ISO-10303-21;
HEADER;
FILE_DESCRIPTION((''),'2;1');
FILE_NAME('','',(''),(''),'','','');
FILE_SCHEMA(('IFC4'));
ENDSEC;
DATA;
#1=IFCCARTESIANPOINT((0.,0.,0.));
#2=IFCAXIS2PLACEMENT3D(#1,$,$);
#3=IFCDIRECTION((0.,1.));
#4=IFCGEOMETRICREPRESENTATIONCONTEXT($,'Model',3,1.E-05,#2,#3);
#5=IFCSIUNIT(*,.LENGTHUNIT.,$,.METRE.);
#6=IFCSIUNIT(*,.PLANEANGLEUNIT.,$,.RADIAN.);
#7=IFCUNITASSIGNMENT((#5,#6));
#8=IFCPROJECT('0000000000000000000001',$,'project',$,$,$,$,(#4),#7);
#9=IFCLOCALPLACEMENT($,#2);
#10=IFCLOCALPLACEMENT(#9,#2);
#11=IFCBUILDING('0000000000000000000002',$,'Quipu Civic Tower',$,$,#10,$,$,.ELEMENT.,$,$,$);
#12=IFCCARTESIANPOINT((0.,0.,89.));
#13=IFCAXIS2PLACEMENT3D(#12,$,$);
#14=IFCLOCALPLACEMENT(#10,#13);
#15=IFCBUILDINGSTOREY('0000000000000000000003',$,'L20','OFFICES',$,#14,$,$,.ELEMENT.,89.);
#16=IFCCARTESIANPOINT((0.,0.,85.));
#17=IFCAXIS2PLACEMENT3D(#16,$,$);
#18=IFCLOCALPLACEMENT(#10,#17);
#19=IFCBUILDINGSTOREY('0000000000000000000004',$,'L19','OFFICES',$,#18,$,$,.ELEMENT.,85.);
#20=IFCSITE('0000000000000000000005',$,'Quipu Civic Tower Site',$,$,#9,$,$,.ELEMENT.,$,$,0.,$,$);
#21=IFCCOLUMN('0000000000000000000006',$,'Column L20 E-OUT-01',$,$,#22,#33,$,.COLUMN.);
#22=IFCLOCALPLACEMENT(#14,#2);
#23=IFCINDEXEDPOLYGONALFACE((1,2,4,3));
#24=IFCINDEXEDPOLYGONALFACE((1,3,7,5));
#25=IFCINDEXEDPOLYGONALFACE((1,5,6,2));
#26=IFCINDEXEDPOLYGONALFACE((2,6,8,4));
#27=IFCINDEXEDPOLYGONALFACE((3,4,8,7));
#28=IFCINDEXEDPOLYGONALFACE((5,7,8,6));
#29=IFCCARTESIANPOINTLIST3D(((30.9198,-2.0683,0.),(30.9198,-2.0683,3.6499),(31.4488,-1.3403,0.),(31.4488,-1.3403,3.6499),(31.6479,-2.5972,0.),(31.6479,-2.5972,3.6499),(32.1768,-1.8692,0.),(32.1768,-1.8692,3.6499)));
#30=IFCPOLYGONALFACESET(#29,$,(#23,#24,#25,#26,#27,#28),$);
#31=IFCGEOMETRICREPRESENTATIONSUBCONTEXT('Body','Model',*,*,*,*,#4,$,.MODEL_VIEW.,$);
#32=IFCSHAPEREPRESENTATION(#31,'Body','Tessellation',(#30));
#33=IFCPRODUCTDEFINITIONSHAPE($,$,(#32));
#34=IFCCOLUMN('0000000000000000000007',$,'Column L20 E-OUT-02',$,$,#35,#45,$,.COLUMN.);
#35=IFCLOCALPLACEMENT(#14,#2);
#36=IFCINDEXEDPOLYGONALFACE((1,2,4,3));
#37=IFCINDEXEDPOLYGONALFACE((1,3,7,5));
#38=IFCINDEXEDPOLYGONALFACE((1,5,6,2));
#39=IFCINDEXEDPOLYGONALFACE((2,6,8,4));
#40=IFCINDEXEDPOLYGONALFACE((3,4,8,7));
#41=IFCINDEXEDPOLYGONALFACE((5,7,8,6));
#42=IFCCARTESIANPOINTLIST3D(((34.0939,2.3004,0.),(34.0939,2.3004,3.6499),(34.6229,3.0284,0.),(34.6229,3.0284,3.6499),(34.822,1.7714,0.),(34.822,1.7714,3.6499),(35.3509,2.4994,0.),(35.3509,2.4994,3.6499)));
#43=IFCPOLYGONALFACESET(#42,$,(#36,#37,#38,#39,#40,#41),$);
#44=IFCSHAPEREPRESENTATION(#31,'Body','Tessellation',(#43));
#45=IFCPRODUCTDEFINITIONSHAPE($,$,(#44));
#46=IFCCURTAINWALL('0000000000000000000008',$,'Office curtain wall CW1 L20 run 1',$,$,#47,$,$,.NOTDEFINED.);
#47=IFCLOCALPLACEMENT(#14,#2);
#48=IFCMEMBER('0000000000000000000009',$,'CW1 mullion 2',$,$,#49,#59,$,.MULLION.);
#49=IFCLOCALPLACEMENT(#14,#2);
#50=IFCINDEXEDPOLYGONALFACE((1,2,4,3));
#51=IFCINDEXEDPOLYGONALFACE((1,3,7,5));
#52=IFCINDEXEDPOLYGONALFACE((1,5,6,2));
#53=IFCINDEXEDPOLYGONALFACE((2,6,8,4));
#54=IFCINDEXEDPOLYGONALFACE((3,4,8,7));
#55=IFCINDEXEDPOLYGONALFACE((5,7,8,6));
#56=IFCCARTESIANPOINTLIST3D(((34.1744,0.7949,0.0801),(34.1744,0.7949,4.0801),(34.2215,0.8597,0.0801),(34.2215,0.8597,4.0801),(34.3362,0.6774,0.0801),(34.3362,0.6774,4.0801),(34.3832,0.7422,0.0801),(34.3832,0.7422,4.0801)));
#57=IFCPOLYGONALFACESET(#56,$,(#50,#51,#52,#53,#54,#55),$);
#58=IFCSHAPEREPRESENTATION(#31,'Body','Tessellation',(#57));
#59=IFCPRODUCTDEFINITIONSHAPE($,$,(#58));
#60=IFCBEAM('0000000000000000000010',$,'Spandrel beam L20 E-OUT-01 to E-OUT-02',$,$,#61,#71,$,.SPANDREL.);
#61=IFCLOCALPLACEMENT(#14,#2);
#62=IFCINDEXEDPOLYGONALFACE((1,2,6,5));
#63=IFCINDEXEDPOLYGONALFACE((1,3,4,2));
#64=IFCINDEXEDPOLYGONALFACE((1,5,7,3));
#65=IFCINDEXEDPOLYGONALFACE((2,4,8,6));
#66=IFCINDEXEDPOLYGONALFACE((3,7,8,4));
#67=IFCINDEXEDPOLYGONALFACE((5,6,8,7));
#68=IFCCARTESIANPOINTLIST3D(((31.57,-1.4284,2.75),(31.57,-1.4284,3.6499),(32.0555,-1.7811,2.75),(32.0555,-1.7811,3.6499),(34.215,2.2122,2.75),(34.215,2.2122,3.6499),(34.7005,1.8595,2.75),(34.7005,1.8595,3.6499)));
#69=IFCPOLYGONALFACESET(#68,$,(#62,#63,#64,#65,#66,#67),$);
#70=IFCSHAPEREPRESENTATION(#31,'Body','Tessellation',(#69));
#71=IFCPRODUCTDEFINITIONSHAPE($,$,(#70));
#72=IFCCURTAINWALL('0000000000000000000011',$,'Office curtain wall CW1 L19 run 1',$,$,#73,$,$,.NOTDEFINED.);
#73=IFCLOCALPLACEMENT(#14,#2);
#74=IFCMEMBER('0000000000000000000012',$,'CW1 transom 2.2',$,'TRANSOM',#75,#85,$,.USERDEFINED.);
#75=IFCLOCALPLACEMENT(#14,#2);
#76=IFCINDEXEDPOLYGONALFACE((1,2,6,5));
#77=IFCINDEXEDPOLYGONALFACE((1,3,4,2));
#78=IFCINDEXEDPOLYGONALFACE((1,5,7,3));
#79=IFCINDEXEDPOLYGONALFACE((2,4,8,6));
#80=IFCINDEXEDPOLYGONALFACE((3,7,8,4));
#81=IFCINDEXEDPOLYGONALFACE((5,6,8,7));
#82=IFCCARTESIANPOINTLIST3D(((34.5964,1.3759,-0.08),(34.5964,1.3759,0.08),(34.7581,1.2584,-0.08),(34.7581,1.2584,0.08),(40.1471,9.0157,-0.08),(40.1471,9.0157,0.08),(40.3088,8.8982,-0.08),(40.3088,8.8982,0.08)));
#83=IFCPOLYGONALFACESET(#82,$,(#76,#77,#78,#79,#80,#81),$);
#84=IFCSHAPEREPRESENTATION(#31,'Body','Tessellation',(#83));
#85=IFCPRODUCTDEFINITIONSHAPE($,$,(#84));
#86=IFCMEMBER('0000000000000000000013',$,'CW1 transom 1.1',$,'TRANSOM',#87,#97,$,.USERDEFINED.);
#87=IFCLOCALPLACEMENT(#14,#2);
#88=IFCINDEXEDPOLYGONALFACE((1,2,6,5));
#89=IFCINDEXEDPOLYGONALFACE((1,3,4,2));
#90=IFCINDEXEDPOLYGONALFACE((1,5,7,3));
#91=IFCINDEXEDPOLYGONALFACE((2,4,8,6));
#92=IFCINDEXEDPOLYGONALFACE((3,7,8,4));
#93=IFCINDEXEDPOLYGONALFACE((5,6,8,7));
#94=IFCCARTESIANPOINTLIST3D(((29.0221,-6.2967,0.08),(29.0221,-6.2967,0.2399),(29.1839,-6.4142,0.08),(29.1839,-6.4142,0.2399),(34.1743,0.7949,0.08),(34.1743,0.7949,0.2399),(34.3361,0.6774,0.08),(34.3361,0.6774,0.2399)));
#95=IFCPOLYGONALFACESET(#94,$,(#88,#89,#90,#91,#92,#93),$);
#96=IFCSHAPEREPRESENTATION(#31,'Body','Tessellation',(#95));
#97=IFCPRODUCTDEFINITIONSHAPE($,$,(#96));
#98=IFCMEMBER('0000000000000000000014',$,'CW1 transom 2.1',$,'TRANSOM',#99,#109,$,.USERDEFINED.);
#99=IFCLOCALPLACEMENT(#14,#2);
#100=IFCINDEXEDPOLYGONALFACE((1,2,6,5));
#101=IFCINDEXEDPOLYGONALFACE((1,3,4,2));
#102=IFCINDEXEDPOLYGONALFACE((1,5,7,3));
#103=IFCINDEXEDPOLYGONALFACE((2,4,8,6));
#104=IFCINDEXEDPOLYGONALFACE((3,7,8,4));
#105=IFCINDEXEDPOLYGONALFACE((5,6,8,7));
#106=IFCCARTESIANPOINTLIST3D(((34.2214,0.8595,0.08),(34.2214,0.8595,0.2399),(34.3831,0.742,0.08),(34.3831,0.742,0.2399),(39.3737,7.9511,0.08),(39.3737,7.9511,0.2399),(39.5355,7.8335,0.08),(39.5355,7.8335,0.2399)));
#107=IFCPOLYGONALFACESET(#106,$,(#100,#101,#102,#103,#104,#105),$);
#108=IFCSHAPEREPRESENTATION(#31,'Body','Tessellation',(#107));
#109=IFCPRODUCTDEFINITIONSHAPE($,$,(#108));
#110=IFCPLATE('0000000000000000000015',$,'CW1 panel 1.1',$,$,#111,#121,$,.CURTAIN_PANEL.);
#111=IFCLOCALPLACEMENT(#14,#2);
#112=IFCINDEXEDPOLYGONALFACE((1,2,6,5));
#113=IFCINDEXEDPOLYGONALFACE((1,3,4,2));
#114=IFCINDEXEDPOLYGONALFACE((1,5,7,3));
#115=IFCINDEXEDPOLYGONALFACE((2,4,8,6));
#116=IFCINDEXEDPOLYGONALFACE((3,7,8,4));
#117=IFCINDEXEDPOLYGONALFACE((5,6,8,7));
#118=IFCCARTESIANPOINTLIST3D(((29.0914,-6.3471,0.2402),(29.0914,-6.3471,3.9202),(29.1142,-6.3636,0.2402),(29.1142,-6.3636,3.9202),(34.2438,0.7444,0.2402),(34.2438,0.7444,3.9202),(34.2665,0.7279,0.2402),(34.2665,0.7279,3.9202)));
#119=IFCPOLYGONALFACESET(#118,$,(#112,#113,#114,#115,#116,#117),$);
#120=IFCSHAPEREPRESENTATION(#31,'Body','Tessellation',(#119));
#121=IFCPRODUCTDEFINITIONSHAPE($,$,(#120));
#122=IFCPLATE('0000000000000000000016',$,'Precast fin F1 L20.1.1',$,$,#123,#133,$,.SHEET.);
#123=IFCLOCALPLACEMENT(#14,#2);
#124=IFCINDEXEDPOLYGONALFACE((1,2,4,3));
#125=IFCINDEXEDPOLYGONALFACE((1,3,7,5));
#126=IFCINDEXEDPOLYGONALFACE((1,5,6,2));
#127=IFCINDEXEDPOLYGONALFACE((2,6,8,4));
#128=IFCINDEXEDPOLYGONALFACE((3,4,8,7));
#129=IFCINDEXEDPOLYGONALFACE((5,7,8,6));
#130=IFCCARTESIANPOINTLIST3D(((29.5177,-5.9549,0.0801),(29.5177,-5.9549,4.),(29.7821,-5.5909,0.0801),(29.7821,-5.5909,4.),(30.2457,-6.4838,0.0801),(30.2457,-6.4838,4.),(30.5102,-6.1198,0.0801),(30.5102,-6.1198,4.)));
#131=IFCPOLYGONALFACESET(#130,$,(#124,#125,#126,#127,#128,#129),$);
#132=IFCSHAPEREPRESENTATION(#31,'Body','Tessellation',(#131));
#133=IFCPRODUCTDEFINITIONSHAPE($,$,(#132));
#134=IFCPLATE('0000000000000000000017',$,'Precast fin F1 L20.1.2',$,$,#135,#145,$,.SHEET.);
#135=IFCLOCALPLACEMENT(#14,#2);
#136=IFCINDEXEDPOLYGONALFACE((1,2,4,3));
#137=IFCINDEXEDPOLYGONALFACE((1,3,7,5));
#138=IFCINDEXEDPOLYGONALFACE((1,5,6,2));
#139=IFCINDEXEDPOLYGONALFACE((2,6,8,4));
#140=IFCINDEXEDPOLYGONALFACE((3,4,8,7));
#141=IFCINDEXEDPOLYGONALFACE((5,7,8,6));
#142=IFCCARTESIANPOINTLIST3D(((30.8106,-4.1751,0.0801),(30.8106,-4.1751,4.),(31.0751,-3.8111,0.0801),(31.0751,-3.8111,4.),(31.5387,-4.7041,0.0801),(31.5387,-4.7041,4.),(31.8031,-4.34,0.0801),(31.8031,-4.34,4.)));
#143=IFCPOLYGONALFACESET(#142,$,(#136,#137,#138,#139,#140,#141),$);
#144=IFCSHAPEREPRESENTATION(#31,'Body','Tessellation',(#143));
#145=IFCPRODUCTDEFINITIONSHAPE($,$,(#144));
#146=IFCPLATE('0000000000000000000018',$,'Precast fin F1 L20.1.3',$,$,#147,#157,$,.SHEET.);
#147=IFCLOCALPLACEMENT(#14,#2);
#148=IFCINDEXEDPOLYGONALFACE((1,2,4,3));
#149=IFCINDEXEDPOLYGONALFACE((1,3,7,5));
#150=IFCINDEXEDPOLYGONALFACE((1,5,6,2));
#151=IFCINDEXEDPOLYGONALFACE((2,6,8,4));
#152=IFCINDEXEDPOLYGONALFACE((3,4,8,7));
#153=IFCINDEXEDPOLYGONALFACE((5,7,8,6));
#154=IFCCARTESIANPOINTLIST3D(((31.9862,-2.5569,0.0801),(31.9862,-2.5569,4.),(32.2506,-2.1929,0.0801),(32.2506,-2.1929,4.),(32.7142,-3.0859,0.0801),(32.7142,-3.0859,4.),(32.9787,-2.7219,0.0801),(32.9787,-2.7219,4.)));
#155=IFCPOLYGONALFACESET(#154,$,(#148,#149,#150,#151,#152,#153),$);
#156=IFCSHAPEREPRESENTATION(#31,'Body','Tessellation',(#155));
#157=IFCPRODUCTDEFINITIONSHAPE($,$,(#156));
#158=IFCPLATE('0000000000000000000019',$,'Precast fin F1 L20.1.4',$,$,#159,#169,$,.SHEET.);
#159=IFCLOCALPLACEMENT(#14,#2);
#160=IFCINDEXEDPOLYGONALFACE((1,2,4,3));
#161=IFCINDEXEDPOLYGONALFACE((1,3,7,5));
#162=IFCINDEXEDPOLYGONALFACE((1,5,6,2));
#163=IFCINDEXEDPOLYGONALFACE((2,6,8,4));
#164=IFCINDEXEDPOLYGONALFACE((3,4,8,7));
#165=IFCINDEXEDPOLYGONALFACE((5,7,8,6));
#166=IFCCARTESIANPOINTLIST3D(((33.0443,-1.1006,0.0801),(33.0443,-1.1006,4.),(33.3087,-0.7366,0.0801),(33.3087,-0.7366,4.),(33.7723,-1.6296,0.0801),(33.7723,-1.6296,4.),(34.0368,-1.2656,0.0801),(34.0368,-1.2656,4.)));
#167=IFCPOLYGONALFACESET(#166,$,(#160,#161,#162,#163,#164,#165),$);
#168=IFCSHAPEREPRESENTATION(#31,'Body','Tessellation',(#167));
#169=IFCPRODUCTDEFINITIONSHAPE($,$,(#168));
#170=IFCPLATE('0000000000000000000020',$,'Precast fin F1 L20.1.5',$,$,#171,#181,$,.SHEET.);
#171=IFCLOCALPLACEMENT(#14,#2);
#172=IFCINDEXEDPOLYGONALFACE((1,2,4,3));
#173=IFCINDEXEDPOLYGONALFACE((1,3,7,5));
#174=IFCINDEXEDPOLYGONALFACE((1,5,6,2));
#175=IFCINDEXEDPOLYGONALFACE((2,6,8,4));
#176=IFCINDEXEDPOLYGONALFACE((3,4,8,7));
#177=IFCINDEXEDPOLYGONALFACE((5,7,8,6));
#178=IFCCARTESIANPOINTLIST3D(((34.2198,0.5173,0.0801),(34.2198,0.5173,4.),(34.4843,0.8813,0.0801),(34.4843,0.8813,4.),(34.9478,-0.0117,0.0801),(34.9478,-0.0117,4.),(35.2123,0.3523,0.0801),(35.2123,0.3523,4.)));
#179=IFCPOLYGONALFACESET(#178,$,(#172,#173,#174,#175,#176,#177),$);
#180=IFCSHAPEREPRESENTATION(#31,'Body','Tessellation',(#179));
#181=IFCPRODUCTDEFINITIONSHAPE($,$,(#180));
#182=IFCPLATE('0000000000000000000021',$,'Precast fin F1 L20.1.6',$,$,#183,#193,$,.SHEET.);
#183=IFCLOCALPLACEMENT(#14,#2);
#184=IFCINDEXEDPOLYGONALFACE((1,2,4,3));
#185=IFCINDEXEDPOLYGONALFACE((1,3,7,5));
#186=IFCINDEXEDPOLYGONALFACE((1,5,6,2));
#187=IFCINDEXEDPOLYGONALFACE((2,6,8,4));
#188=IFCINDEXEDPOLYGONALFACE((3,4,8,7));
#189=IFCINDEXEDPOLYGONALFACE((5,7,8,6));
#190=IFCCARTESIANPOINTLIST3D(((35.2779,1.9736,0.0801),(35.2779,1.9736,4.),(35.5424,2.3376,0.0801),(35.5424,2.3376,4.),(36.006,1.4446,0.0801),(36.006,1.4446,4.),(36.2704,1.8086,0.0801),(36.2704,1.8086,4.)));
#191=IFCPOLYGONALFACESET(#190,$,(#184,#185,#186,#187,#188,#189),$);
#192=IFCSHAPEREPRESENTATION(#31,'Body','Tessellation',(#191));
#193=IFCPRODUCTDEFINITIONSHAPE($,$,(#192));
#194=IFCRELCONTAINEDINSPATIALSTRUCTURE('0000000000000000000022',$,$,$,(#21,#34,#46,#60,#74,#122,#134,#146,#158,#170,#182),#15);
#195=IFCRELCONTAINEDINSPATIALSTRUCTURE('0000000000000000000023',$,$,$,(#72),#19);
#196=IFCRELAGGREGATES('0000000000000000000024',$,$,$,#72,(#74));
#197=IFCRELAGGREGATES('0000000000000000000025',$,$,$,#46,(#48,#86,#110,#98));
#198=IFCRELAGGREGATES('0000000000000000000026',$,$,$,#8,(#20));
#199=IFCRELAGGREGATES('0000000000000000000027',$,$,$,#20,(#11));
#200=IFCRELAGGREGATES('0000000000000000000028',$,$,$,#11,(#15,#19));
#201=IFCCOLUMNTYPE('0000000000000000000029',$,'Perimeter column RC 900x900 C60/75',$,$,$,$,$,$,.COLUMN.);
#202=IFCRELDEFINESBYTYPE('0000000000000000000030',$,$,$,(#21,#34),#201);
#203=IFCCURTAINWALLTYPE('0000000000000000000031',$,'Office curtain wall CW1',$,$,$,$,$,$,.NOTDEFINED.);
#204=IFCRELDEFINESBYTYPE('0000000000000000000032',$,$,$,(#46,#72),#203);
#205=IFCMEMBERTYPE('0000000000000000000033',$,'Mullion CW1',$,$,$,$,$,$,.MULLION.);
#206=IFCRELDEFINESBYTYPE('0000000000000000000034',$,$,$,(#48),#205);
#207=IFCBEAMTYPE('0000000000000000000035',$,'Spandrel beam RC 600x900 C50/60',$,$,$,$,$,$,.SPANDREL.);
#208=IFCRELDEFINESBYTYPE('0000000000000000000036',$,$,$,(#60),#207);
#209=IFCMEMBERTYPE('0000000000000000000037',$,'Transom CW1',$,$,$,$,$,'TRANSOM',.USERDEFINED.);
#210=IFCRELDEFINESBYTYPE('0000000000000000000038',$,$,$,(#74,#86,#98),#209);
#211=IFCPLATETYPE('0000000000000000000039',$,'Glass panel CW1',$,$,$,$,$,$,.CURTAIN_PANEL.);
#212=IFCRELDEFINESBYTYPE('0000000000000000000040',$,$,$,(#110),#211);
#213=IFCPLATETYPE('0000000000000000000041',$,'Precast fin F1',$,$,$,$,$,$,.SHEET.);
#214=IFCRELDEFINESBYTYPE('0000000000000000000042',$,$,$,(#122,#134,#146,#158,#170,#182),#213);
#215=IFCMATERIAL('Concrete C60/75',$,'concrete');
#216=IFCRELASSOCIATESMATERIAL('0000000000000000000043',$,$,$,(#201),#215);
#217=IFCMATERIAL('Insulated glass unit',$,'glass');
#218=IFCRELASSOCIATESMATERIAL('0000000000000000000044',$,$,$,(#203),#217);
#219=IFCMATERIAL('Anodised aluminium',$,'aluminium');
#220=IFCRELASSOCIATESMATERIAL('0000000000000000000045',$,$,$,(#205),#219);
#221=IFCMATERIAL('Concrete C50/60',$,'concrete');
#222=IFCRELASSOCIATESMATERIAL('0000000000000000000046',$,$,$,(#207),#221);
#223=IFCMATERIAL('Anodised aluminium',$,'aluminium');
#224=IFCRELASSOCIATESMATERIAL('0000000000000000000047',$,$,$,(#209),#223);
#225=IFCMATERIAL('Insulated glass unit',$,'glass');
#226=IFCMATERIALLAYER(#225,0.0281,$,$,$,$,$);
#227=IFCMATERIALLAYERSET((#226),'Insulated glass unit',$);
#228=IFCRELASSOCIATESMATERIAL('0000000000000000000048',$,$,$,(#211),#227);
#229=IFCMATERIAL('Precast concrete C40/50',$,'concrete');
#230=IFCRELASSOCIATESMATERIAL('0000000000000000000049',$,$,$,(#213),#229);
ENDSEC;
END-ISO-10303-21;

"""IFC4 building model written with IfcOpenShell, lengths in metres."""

from ifc_helpers import new_model, si_unit, direction, frame, origin, origin_2d, place, context, subcontext, project, spatial, rectangle, extrude, material, layer, layer_set, material_profile, profile_set, type_object, element, aggregate, save


model = new_model("IFC4")

# Units and contexts
model_context = context("Model", 3, precision=1e-05, world=origin(), true_north=direction((0.0, 1.0)))
body_context = subcontext(model_context, "Body", "Model", "MODEL_VIEW")
ifc_project = project(units=[si_unit("LENGTHUNIT", "METRE"), si_unit("PLANEANGLEUNIT", "RADIAN")], contexts=[model_context])

# Site, building, storey
site_placement = place(None, origin())
site = spatial("IfcSite", under=ifc_project, at=site_placement, Name="Quipu Civic Tower Site", CompositionType="ELEMENT", RefElevation=0.0)
building_placement = place(site_placement, origin())
building = spatial("IfcBuilding", under=site, at=building_placement, Name="Quipu Civic Tower", CompositionType="ELEMENT")
storey_1_placement = place(building_placement, frame((0.0, 0.0, 89.0)))
storey_1 = spatial("IfcBuildingStorey", under=building, at=storey_1_placement, Name="L20", Description="OFFICES", CompositionType="ELEMENT", Elevation=89.0)

# Columns
ifc_material_1 = material(Name="Concrete C60/75", Category="concrete")
ifc_material_profile_1 = material_profile(ifc_material_1, rectangle(XDim=0.8999, YDim=0.8999, at=origin_2d()), Name="RC900x900")
ifc_profile_set_1 = profile_set([ifc_material_profile_1], Name="Concrete C60/75")
column_type = type_object("IfcColumnType", Name="Perimeter column RC 900x900 C60/75", PredefinedType="COLUMN", material=ifc_profile_set_1)
for number, where, z_axis, x_axis, name in (
    (1, (31.5483, -1.9688, 0.0), (0.0, 0.0, 1.0), (0.587785, 0.809017, 0.0), "Column L20 E-OUT-01"),
    (2, (34.7224, 2.3999, 0.0), (0.0, 0.0, 1.0), (0.587785, 0.809017, 0.0), "Column L20 E-OUT-02"),
):
    element("IfcColumn", number, at=place(storey_1_placement, frame(where, z_axis=z_axis, x_axis=x_axis)), inside=storey_1, type_object=column_type, Name=name, PredefinedType="COLUMN", context=body_context, shape_type="SweptSolid", body=[
        extrude(rectangle(XDim=0.8999, YDim=0.8999, at=origin_2d()), origin(), (0.0, 0.0, 1.0), 3.6499),
    ])

# Curtain wall, member
ifc_material_2 = material(Name="Insulated glass unit", Category="glass")
curtain_wall_type = type_object("IfcCurtainWallType", Name="Office curtain wall CW1", PredefinedType="NOTDEFINED", material=ifc_material_2)
curtain_wall_1_placement = place(storey_1_placement, origin())
curtain_wall_1 = element("IfcCurtainWall", 3, at=curtain_wall_1_placement, inside=storey_1, type_object=curtain_wall_type, Name="Office curtain wall CW1 L20 run 1", PredefinedType="NOTDEFINED")
ifc_material_3 = material(Name="Anodised aluminium", Category="aluminium")
ifc_material_profile_2 = material_profile(ifc_material_3, rectangle(XDim=0.2, YDim=0.0801, at=origin_2d()), Name="RECT 200x80")
ifc_profile_set_2 = profile_set([ifc_material_profile_2], Name="Anodised aluminium")
member_type_1 = type_object("IfcMemberType", Name="Mullion CW1", PredefinedType="MULLION", material=ifc_profile_set_2)
member_1_placement = place(storey_1_placement, frame((34.2788, 0.7686, 0.0801), z_axis=(0.0, 0.0, 1.0), x_axis=(-0.809016, 0.587786, 0.0)))
member_1 = element("IfcMember", 4, at=member_1_placement, type_object=member_type_1, Name="CW1 mullion 2", PredefinedType="MULLION", context=body_context, shape_type="SweptSolid", body=[
    extrude(rectangle(XDim=0.2, YDim=0.0801, at=origin_2d()), origin(), (0.0, 0.0, 1.0), 4.0),
])

# Beam
ifc_material_4 = material(Name="Concrete C50/60", Category="concrete")
ifc_material_profile_3 = material_profile(ifc_material_4, rectangle(XDim=0.6001, YDim=0.8999, at=origin_2d()), Name="RC600x900")
ifc_profile_set_3 = profile_set([ifc_material_profile_3], Name="Concrete C50/60")
beam_type = type_object("IfcBeamType", Name="Spandrel beam RC 600x900 C50/60", PredefinedType="SPANDREL", material=ifc_profile_set_3)
beam_placement = place(storey_1_placement, frame((31.8127, -1.6047, 3.2), z_axis=(0.587778, 0.809022, 0.0), x_axis=(-0.809022, 0.587778, 0.0)))
element("IfcBeam", 5, at=beam_placement, inside=storey_1, type_object=beam_type, Name="Spandrel beam L20 E-OUT-01 to E-OUT-02", PredefinedType="SPANDREL", context=body_context, shape_type="SweptSolid", body=[
    extrude(rectangle(XDim=0.6001, YDim=0.8999, at=origin_2d()), origin(), (0.0, 0.0, 1.0), 4.5),
])

# Shared definitions
storey_2_placement = place(building_placement, frame((0.0, 0.0, 85.0)))
storey_2 = spatial("IfcBuildingStorey", under=building, at=storey_2_placement, Name="L19", Description="OFFICES", CompositionType="ELEMENT", Elevation=85.0)

# Curtain wall, member
curtain_wall_2_placement = place(storey_2_placement, origin())
curtain_wall_2 = element("IfcCurtainWall", 6, at=curtain_wall_2_placement, inside=storey_2, type_object=curtain_wall_type, Name="Office curtain wall CW1 L19 run 1", PredefinedType="NOTDEFINED")
ifc_material_5 = material(Name="Anodised aluminium", Category="aluminium")
ifc_material_profile_4 = material_profile(ifc_material_5, rectangle(XDim=0.2, YDim=0.1599, at=origin_2d()), Name="RECT 200x160")
ifc_profile_set_4 = profile_set([ifc_material_profile_4], Name="Anodised aluminium")
member_type_2 = type_object("IfcMemberType", Name="Transom CW1", ElementType="TRANSOM", PredefinedType="USERDEFINED", material=ifc_profile_set_4)
member_2_placement = place(storey_1_placement, frame((34.6772, 1.3171, 0.0), z_axis=(0.58779, 0.809013, 0.0), x_axis=(-0.809013, 0.58779, 0.0)))
member_2 = element("IfcMember", 7, at=member_2_placement, inside=storey_1, type_object=member_type_2, Name="CW1 transom 2.2", ObjectType="TRANSOM", PredefinedType="USERDEFINED", context=body_context, shape_type="SweptSolid", body=[
    extrude(rectangle(XDim=0.2, YDim=0.1599, at=origin_2d()), origin(), (0.0, 0.0, 1.0), 9.4434),
])
aggregate(curtain_wall_2, [member_2])

# Members
member_3_placement = place(storey_1_placement, frame((29.103, -6.3555, 0.1599), z_axis=(0.587769, 0.809029, 0.0), x_axis=(-0.809029, 0.587769, 0.0)))
member_3 = element("IfcMember", 8, at=member_3_placement, type_object=member_type_2, Name="CW1 transom 1.1", ObjectType="TRANSOM", PredefinedType="USERDEFINED", context=body_context, shape_type="SweptSolid", body=[
    extrude(rectangle(XDim=0.2, YDim=0.1599, at=origin_2d()), origin(), (0.0, 0.0, 1.0), 8.7656),
])
member_4_placement = place(storey_1_placement, frame((34.3022, 0.8008, 0.1599), z_axis=(0.587787, 0.809015, 0.0), x_axis=(-0.809015, 0.587787, 0.0)))
member_4 = element("IfcMember", 9, at=member_4_placement, type_object=member_type_2, Name="CW1 transom 2.1", ObjectType="TRANSOM", PredefinedType="USERDEFINED", context=body_context, shape_type="SweptSolid", body=[
    extrude(rectangle(XDim=0.2, YDim=0.1599, at=origin_2d()), origin(), (0.0, 0.0, 1.0), 8.7656),
])

# Plate
ifc_material_6 = material(Name="Insulated glass unit", Category="glass")
ifc_layer = layer(ifc_material_6, 0.0281)
ifc_layer_set = layer_set([ifc_layer], Name="Insulated glass unit")
plate_type_1 = type_object("IfcPlateType", Name="Glass panel CW1", PredefinedType="CURTAIN_PANEL", material=ifc_layer_set)
plate_placement = place(storey_1_placement, frame((31.679, -2.8096, 0.2402), z_axis=(0.0, 0.0, 1.0), x_axis=(0.587786, 0.809016, 0.0)))
plate = element("IfcPlate", 10, at=plate_placement, type_object=plate_type_1, Name="CW1 panel 1.1", PredefinedType="CURTAIN_PANEL", context=body_context, shape_type="SweptSolid", body=[
    extrude(rectangle(XDim=8.7656, YDim=0.0281, at=origin_2d()), origin(), (0.0, 0.0, 1.0), 3.6799),
])
aggregate(curtain_wall_1, [member_1, member_3, plate, member_4])

# Plates
ifc_material_7 = material(Name="Precast concrete C40/50", Category="concrete")
plate_type_2 = type_object("IfcPlateType", Name="Precast fin F1", PredefinedType="SHEET", material=ifc_material_7)
for number, where, z_axis, x_axis, name in (
    (11, (30.0139, -6.0374, 0.0801), (0.0, 0.0, 1.0), (0.587787, 0.809016, 0.0), "Precast fin F1 L20.1.1"),
    (12, (31.3069, -4.2576, 0.0801), (0.0, 0.0, 1.0), (0.587787, 0.809016, 0.0), "Precast fin F1 L20.1.2"),
    (13, (32.4824, -2.6394, 0.0801), (0.0, 0.0, 1.0), (0.587787, 0.809016, 0.0), "Precast fin F1 L20.1.3"),
    (14, (33.5405, -1.1831, 0.0801), (0.0, 0.0, 1.0), (0.587787, 0.809016, 0.0), "Precast fin F1 L20.1.4"),
    (15, (34.7161, 0.4348, 0.0801), (0.0, 0.0, 1.0), (0.587787, 0.809016, 0.0), "Precast fin F1 L20.1.5"),
    (16, (35.7742, 1.8911, 0.0801), (0.0, 0.0, 1.0), (0.587787, 0.809016, 0.0), "Precast fin F1 L20.1.6"),
):
    element("IfcPlate", number, at=place(storey_1_placement, frame(where, z_axis=z_axis, x_axis=x_axis)), inside=storey_1, type_object=plate_type_2, Name=name, PredefinedType="SHEET", context=body_context, shape_type="SweptSolid", body=[
        extrude(rectangle(XDim=0.45, YDim=0.8999, at=origin_2d()), origin(), (0.0, 0.0, 1.0), 3.9199),
    ])

save(model, "model.ifc")
